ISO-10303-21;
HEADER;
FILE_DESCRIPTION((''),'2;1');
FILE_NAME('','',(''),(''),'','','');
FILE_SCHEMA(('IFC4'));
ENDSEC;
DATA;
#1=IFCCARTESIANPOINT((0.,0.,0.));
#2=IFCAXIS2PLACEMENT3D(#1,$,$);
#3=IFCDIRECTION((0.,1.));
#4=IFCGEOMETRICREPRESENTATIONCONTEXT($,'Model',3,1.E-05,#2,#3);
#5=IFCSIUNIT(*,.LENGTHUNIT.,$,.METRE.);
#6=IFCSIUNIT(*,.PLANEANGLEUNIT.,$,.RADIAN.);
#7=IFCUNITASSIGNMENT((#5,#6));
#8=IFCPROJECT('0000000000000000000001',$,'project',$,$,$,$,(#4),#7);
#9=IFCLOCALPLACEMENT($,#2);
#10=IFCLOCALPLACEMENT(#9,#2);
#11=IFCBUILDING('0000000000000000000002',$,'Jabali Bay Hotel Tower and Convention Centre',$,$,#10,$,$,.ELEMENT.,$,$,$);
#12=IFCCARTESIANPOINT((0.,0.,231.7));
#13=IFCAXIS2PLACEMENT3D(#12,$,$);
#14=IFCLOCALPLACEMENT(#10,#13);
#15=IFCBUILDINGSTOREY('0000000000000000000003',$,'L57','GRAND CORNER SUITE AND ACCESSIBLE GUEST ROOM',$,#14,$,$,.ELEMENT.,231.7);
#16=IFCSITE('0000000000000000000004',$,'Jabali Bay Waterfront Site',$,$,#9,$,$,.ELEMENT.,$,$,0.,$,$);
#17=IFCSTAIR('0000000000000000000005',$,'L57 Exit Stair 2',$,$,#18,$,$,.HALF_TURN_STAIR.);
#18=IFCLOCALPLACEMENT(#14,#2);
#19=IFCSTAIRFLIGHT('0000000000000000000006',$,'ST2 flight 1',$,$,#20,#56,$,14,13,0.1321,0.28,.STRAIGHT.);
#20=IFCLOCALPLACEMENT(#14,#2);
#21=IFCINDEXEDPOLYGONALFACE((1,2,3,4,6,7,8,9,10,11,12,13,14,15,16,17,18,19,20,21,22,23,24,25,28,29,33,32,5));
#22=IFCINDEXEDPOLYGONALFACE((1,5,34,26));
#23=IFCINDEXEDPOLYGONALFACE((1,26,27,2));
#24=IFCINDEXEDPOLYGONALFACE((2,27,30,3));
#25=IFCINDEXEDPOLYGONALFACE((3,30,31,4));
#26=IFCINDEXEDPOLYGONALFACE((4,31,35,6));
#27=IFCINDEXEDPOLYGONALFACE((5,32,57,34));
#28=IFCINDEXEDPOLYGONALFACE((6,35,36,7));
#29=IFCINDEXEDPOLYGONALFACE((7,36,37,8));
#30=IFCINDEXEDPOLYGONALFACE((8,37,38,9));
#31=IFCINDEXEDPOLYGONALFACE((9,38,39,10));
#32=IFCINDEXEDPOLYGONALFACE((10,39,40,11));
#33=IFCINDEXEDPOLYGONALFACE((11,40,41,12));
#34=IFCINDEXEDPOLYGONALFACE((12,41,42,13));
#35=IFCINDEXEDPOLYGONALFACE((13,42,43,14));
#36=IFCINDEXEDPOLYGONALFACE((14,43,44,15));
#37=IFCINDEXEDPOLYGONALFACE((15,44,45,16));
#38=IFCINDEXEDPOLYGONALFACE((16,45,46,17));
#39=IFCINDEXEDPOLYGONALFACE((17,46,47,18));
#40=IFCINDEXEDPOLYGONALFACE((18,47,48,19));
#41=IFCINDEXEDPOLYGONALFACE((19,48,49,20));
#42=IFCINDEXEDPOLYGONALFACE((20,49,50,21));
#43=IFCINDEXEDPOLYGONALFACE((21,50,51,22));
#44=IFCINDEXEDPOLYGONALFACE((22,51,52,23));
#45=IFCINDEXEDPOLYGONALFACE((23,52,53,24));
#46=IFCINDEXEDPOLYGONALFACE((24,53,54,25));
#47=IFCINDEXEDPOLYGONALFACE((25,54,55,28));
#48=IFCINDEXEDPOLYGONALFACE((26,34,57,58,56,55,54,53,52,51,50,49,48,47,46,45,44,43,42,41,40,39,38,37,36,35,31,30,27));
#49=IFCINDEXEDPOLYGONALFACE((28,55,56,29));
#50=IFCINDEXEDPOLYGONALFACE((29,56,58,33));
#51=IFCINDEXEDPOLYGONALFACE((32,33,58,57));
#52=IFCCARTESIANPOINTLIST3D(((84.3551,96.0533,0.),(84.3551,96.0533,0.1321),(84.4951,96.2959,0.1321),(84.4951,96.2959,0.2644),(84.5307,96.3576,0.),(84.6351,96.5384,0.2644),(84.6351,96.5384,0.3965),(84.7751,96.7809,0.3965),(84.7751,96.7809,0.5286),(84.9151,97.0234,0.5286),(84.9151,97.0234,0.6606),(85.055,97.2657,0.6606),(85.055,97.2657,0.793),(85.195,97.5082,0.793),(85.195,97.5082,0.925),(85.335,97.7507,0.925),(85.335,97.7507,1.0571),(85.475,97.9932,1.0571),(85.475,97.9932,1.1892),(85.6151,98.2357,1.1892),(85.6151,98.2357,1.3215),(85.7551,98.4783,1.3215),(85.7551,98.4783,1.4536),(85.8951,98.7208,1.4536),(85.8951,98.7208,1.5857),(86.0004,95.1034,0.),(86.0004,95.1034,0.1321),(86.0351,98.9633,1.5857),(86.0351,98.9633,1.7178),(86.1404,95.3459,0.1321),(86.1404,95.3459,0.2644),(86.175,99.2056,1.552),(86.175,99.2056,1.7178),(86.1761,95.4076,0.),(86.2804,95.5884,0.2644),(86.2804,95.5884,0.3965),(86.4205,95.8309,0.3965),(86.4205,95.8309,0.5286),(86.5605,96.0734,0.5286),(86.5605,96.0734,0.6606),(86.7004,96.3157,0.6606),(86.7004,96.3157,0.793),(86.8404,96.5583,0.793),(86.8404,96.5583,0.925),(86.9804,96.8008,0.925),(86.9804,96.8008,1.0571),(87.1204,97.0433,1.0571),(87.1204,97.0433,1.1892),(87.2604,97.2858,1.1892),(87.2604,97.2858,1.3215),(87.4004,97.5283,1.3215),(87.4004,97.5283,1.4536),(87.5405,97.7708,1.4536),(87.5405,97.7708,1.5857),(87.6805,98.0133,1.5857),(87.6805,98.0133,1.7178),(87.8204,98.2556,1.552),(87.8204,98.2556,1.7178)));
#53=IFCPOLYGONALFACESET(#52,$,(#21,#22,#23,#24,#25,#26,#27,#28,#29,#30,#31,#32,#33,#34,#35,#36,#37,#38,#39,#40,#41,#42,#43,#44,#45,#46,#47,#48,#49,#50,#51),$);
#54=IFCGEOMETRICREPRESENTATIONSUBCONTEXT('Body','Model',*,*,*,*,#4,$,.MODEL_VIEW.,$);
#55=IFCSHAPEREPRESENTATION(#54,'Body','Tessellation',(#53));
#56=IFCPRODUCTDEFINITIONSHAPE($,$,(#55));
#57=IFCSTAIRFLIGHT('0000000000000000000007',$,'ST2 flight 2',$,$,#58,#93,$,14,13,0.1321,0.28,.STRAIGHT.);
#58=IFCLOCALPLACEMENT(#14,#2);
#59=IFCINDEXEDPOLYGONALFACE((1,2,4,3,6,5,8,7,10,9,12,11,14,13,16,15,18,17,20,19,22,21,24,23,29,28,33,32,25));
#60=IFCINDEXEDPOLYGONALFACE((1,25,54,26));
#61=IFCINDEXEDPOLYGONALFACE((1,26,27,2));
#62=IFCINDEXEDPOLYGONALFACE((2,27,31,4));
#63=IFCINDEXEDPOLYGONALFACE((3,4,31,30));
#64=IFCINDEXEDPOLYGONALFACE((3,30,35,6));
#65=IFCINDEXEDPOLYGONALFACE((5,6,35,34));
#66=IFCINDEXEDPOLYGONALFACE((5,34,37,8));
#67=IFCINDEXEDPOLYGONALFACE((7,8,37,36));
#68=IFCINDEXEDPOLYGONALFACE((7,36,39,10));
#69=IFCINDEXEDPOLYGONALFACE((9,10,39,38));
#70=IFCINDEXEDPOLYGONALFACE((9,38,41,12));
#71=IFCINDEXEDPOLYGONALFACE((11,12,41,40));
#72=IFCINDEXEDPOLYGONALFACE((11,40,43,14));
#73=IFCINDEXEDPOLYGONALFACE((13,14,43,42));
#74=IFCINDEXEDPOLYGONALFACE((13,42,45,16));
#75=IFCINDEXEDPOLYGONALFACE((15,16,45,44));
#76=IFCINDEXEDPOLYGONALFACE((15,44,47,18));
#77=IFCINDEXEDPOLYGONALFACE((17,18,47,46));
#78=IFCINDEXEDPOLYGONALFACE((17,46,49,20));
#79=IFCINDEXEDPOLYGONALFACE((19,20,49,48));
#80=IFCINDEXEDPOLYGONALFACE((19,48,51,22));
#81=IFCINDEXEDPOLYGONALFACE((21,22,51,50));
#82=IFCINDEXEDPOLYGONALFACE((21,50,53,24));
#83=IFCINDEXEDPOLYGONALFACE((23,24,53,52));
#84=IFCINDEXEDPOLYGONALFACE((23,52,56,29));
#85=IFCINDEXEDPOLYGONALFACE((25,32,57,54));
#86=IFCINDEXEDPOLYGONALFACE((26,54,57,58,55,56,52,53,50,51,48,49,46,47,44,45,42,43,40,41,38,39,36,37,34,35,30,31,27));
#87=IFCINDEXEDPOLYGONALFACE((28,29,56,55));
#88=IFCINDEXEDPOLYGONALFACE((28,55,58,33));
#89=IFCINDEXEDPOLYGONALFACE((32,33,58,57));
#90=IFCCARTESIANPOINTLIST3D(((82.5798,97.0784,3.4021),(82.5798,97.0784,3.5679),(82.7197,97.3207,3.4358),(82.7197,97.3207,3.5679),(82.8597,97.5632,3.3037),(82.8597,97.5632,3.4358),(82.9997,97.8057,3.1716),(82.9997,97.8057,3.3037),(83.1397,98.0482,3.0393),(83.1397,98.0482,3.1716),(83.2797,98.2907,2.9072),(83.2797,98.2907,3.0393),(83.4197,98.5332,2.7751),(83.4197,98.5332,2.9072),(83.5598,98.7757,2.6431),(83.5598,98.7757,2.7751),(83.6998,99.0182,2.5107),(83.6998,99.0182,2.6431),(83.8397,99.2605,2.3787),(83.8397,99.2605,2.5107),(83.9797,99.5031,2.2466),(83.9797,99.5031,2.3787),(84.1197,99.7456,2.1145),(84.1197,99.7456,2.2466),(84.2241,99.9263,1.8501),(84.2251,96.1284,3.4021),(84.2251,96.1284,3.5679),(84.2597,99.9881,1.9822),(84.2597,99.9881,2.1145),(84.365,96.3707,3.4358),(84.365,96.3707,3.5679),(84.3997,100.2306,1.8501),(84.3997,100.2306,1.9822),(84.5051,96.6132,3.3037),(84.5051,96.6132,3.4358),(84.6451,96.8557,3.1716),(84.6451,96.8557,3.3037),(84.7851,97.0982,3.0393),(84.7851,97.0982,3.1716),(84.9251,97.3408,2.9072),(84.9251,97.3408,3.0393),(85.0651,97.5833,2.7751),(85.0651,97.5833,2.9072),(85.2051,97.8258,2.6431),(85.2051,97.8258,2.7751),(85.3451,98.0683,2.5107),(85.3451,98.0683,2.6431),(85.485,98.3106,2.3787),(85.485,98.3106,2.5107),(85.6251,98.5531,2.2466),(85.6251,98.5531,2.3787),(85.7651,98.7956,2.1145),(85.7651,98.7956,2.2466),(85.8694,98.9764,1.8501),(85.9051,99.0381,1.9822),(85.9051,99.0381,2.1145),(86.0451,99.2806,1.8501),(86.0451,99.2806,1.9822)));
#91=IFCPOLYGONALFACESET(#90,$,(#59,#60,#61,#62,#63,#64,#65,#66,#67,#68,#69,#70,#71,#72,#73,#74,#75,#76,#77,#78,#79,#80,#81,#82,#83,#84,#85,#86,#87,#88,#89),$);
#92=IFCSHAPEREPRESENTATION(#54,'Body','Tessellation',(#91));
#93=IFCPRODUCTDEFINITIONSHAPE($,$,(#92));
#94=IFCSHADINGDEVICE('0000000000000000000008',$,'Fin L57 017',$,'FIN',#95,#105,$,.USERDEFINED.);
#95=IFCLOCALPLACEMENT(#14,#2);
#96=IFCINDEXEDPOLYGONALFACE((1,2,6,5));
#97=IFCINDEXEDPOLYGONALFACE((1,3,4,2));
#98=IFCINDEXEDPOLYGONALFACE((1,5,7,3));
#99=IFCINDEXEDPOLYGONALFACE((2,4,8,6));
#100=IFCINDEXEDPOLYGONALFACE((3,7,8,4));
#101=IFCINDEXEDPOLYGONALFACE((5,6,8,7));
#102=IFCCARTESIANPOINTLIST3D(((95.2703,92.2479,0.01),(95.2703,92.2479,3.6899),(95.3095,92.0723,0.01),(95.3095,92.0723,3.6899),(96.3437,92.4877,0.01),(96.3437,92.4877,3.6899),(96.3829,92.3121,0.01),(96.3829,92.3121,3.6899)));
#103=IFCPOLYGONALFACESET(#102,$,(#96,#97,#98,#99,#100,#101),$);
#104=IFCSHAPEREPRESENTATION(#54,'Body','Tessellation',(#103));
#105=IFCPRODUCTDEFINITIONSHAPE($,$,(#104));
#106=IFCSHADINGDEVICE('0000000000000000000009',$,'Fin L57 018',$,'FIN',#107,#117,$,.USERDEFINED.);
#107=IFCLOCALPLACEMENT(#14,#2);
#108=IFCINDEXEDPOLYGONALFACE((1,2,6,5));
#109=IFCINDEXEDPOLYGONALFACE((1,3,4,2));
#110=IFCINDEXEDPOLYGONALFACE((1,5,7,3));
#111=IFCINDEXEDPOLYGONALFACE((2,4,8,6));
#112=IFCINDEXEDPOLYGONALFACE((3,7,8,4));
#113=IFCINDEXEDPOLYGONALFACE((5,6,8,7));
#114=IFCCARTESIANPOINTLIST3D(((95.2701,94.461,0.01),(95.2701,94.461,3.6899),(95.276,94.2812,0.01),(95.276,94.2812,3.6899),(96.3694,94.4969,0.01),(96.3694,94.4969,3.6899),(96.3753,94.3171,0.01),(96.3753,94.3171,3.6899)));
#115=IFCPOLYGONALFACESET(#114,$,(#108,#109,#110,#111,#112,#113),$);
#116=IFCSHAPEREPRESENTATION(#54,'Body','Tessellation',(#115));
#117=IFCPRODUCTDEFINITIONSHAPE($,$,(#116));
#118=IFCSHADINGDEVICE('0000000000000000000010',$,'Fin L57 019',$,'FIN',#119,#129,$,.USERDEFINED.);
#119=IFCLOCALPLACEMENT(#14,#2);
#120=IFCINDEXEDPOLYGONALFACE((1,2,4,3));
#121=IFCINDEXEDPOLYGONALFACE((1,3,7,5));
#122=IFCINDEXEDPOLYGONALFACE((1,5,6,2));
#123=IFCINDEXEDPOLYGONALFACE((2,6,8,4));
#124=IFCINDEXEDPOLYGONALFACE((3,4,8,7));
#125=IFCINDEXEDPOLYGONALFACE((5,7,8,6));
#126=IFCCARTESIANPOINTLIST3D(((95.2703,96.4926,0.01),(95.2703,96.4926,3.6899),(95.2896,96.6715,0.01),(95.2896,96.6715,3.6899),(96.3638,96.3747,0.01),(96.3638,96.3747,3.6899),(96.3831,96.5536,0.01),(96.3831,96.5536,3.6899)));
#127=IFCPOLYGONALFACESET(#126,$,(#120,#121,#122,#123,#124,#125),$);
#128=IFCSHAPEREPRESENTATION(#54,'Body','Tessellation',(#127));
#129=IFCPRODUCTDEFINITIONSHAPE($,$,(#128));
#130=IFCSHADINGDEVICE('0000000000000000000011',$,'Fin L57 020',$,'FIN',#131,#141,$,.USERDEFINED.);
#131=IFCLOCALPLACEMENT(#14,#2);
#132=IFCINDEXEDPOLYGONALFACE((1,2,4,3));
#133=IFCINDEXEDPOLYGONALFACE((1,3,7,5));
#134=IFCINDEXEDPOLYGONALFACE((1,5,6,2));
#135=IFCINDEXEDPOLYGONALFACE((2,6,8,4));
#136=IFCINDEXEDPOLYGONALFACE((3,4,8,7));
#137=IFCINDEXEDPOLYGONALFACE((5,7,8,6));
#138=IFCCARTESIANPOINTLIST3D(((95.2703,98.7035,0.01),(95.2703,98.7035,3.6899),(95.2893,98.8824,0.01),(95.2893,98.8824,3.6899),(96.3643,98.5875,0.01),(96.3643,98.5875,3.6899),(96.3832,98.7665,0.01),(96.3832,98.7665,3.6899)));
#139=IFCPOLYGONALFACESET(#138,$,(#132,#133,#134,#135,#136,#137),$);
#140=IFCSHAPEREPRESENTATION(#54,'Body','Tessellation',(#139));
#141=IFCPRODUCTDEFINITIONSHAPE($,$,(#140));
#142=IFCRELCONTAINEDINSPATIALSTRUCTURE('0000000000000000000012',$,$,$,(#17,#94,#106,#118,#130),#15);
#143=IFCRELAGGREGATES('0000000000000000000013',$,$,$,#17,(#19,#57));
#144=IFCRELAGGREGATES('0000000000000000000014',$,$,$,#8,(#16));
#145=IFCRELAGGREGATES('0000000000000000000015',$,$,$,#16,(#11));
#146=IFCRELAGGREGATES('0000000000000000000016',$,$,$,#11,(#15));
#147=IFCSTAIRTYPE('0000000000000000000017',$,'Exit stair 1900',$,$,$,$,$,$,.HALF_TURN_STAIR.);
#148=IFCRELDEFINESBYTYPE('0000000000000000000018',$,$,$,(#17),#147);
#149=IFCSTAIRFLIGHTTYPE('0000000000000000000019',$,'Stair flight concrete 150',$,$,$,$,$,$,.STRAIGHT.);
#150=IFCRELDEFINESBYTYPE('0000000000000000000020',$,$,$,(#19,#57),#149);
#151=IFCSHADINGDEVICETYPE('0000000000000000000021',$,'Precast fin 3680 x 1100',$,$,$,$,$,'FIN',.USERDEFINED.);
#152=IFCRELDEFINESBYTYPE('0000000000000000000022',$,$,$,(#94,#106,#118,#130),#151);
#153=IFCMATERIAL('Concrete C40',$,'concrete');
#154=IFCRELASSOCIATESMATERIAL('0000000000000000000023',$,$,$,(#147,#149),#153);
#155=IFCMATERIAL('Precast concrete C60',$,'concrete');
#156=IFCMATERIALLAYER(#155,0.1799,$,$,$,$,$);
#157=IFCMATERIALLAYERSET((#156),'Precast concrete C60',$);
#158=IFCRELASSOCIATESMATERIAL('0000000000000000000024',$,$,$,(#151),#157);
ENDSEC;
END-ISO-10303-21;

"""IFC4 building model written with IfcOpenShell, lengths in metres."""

from ifc_helpers import new_model, si_unit, direction, frame, frame_2d, origin, place, context, subcontext, project, spatial, polyline, rectangle, outline, extrude, material, layer, layer_set, type_object, element, aggregate, save


model = new_model("IFC4")

# Units and contexts
model_context = context("Model", 3, precision=1e-05, world=origin(), true_north=direction((0.0, 1.0)))
body_context = subcontext(model_context, "Body", "Model", "MODEL_VIEW")
ifc_project = project(units=[si_unit("LENGTHUNIT", "METRE"), si_unit("PLANEANGLEUNIT", "RADIAN")], contexts=[model_context])

# Site, building, storey
site_placement = place(None, origin())
site = spatial("IfcSite", under=ifc_project, at=site_placement, Name="Jabali Bay Waterfront Site", CompositionType="ELEMENT", RefElevation=0.0)
building_placement = place(site_placement, origin())
building = spatial("IfcBuilding", under=site, at=building_placement, Name="Jabali Bay Hotel Tower and Convention Centre", CompositionType="ELEMENT")
storey_placement = place(building_placement, frame((0.0, 0.0, 231.7)))
storey = spatial("IfcBuildingStorey", under=building, at=storey_placement, Name="L57", Description="GRAND CORNER SUITE AND ACCESSIBLE GUEST ROOM", CompositionType="ELEMENT", Elevation=231.7)

# Shared definitions
ifc_material_1 = material(Name="Concrete C40", Category="concrete")

# Stair, stair flights
stair_type = type_object("IfcStairType", Name="Exit stair 1900", PredefinedType="HALF_TURN_STAIR", material=ifc_material_1)
stair_placement = place(storey_placement, origin())
stair = element("IfcStair", 1, at=stair_placement, inside=storey, type_object=stair_type, Name="L57 Exit Stair 2", PredefinedType="HALF_TURN_STAIR")
stair_flight_type = type_object("IfcStairFlightType", Name="Stair flight concrete 150", PredefinedType="STRAIGHT", material=ifc_material_1)
stair_flight_1_placement = place(storey_placement, frame((85.1777, 95.5784, 0.0), z_axis=(0.0, 0.0, 1.0), x_axis=(0.5, 0.866025, 0.0)))
stair_flight_1 = element("IfcStairFlight", 2, at=stair_flight_1_placement, type_object=stair_flight_type, Name="ST2 flight 1", NumberOfRisers=14, NumberOfTreads=13, PredefinedType="STRAIGHT", RiserHeight=0.1321, TreadLength=0.28, context=body_context, shape_type="SweptSolid", body=[
    extrude(outline(polyline([(0.0, 0.0), (0.0, 0.1321), (0.28, 0.1321), (0.28, 0.2644), (0.5601, 0.2644), (0.5601, 0.3965), (0.8401, 0.3965), (0.8401, 0.5286), (1.1201, 0.5286), (1.1201, 0.6606), (1.3999, 0.6606), (1.3999, 0.793), (1.6799, 0.793), (1.6799, 0.925), (1.96, 0.925), (1.96, 1.0571), (2.24, 1.0571), (2.24, 1.1892), (2.52, 1.1892), (2.52, 1.3215), (2.8, 1.3215), (2.8, 1.4536), (3.0801, 1.4536), (3.0801, 1.5857), (3.3601, 1.5857), (3.3601, 1.7178), (3.6399, 1.7178), (3.6399, 1.8501), (3.6399, 1.552), (0.3513, 0.0), (0.0, 0.0)])), frame((0.0, 0.95, 0.0), z_axis=(0.0, -1.0, 0.0), x_axis=(1.0, 0.0, 0.0)), (0.0, 0.0, 1.0), 1.8999),
])
stair_flight_2_placement = place(storey_placement, frame((85.2224, 99.7556, 1.8501), z_axis=(0.0, 0.0, 1.0), x_axis=(-0.5, -0.866025, 0.0)))
stair_flight_2 = element("IfcStairFlight", 3, at=stair_flight_2_placement, type_object=stair_flight_type, Name="ST2 flight 2", NumberOfRisers=14, NumberOfTreads=13, PredefinedType="STRAIGHT", RiserHeight=0.1321, TreadLength=0.28, context=body_context, shape_type="SweptSolid", body=[
    extrude(outline(polyline([(0.0, 0.0), (0.0, 0.1321), (0.28, 0.1321), (0.28, 0.2644), (0.5601, 0.2644), (0.5601, 0.3965), (0.8401, 0.3965), (0.8401, 0.5286), (1.1201, 0.5286), (1.1201, 0.6606), (1.3999, 0.6606), (1.3999, 0.793), (1.6799, 0.793), (1.6799, 0.925), (1.96, 0.925), (1.96, 1.0571), (2.24, 1.0571), (2.24, 1.1892), (2.52, 1.1892), (2.52, 1.3215), (2.8, 1.3215), (2.8, 1.4536), (3.0801, 1.4536), (3.0801, 1.5857), (3.3601, 1.5857), (3.3601, 1.7178), (3.6399, 1.7178), (3.6399, 1.8501), (3.6399, 1.552), (0.3513, 0.0), (0.0, 0.0)])), frame((0.0, 0.95, 0.0), z_axis=(0.0, -1.0, 0.0), x_axis=(1.0, 0.0, 0.0)), (0.0, 0.0, 1.0), 1.8999),
])
aggregate(stair, [stair_flight_1, stair_flight_2])

# Shading devices
ifc_material_2 = material(Name="Precast concrete C60", Category="concrete")
ifc_layer_1 = layer(ifc_material_2, 0.1799)
ifc_layer_set_1 = layer_set([ifc_layer_1], Name="Precast concrete C60")
shading_device_type = type_object("IfcShadingDeviceType", Name="Precast fin 3680 x 1100", ElementType="FIN", PredefinedType="USERDEFINED", material=ifc_layer_set_1)
for number, where, z_axis, x_axis, name in (
    (4, (95.29, 92.1602, 0.01), (0.0, 0.0, 1.0), (0.975957, 0.217964, 0.0), "Fin L57 017"),
    (5, (95.2732, 94.3711, 0.01), (0.0, 0.0, 1.0), (0.999468, 0.032628, 0.0), "Fin L57 018"),
    (6, (95.28, 96.582, 0.01), (0.0, 0.0, 1.0), (0.994236, -0.107215, 0.0), "Fin L57 019"),
):
    element("IfcShadingDevice", number, at=place(storey_placement, frame(where, z_axis=z_axis, x_axis=x_axis)), inside=storey, type_object=shading_device_type, Name=name, ObjectType="FIN", PredefinedType="USERDEFINED", context=body_context, shape_type="SweptSolid", body=[
        extrude(rectangle(XDim=1.0999, YDim=0.1799, at=frame_2d((0.5498, 0.0))), origin(), (0.0, 0.0, 1.0), 3.6799),
    ])
shading_device_placement = place(storey_placement, frame((95.2798, 98.793, 0.01), z_axis=(0.0, 0.0, 1.0), x_axis=(0.994429, -0.105413, 0.0)))
element("IfcShadingDevice", 7, at=shading_device_placement, inside=storey, type_object=shading_device_type, Name="Fin L57 020", ObjectType="FIN", PredefinedType="USERDEFINED", context=body_context, shape_type="SweptSolid", body=[
    extrude(rectangle(XDim=1.1001, YDim=0.1799, at=frame_2d((0.55, 0.0))), origin(), (0.0, 0.0, 1.0), 3.6799),
])

save(model, "model.ifc")
